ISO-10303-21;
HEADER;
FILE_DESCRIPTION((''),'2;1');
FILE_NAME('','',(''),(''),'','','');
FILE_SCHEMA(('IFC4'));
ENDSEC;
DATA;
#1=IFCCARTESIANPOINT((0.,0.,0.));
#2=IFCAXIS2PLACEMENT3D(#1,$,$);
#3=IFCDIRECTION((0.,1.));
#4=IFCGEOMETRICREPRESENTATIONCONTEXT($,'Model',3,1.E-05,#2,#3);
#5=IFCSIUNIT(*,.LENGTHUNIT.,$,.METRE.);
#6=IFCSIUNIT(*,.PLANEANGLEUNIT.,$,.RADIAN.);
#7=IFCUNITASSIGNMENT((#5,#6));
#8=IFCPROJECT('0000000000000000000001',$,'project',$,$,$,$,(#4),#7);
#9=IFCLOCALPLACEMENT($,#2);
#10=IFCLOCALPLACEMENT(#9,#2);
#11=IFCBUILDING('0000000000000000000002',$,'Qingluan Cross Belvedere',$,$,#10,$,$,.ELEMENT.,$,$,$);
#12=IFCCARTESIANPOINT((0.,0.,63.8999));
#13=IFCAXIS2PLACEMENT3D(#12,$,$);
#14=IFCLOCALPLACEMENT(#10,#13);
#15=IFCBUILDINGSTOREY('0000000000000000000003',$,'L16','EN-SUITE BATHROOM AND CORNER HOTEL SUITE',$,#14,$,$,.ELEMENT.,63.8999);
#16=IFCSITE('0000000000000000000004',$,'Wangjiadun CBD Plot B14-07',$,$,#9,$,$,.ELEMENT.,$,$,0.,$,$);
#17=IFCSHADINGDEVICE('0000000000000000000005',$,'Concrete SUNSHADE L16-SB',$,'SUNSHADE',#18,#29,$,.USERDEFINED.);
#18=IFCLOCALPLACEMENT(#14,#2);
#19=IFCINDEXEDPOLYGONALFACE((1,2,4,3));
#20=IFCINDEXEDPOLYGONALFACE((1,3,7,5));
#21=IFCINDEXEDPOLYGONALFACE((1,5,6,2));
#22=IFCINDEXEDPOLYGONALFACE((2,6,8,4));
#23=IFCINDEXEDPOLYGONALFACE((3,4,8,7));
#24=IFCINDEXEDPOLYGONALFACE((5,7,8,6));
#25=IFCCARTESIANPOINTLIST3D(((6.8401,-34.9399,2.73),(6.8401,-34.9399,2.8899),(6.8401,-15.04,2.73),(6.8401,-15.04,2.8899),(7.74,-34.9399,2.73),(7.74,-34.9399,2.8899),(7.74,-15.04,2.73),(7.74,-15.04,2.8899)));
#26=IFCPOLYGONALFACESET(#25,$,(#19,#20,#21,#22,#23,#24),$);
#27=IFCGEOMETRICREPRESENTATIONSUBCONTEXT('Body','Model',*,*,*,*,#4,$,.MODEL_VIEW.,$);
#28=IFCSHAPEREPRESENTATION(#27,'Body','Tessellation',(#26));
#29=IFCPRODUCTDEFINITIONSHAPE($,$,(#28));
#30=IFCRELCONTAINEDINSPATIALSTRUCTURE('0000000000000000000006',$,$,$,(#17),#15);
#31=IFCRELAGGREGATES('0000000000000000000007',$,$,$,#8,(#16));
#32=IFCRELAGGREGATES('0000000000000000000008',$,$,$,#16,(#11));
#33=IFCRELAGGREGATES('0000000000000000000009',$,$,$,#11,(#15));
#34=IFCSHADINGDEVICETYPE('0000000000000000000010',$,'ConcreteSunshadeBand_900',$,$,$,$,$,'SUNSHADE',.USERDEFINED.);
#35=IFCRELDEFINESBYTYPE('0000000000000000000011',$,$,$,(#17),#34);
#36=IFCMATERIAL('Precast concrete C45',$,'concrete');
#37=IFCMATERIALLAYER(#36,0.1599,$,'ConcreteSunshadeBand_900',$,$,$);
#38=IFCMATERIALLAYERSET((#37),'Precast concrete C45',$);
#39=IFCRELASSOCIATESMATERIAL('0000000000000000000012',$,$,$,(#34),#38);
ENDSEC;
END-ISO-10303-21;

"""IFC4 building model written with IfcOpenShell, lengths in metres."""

from ifc_helpers import new_model, si_unit, direction, frame, origin, origin_2d, place, context, subcontext, project, spatial, rectangle, extrude, material, layer, layer_set, type_object, element, save


model = new_model("IFC4")

# Units and contexts
model_context = context("Model", 3, precision=1e-05, world=origin(), true_north=direction((0.0, 1.0)))
body_context = subcontext(model_context, "Body", "Model", "MODEL_VIEW")
ifc_project = project(units=[si_unit("LENGTHUNIT", "METRE"), si_unit("PLANEANGLEUNIT", "RADIAN")], contexts=[model_context])

# Site, building, storey
site_placement = place(None, origin())
site = spatial("IfcSite", under=ifc_project, at=site_placement, Name="Wangjiadun CBD Plot B14-07", CompositionType="ELEMENT", RefElevation=0.0)
building_placement = place(site_placement, origin())
building = spatial("IfcBuilding", under=site, at=building_placement, Name="Qingluan Cross Belvedere", CompositionType="ELEMENT")
storey_placement = place(building_placement, frame((0.0, 0.0, 63.8999)))
storey = spatial("IfcBuildingStorey", under=building, at=storey_placement, Name="L16", Description="EN-SUITE BATHROOM AND CORNER HOTEL SUITE", CompositionType="ELEMENT", Elevation=63.8999)

# Shading device
ifc_material_1 = material(Name="Precast concrete C45", Category="concrete")
ifc_layer_1 = layer(ifc_material_1, 0.1599, Name="ConcreteSunshadeBand_900")
ifc_layer_set_1 = layer_set([ifc_layer_1], Name="Precast concrete C45")
shading_device_type = type_object("IfcShadingDeviceType", Name="ConcreteSunshadeBand_900", ElementType="SUNSHADE", PredefinedType="USERDEFINED", material=ifc_layer_set_1)
shading_device_placement = place(storey_placement, frame((7.29, -24.99, 2.73), z_axis=(0.0, 0.0, 1.0), x_axis=(0.0, 1.0, 0.0)))
element("IfcShadingDevice", 1, at=shading_device_placement, inside=storey, type_object=shading_device_type, Name="Concrete SUNSHADE L16-SB", ObjectType="SUNSHADE", PredefinedType="USERDEFINED", context=body_context, shape_type="SweptSolid", body=[
    extrude(rectangle(XDim=19.8999, YDim=0.8999, at=origin_2d()), origin(), (0.0, 0.0, 1.0), 0.1599),
])

save(model, "model.ifc")
